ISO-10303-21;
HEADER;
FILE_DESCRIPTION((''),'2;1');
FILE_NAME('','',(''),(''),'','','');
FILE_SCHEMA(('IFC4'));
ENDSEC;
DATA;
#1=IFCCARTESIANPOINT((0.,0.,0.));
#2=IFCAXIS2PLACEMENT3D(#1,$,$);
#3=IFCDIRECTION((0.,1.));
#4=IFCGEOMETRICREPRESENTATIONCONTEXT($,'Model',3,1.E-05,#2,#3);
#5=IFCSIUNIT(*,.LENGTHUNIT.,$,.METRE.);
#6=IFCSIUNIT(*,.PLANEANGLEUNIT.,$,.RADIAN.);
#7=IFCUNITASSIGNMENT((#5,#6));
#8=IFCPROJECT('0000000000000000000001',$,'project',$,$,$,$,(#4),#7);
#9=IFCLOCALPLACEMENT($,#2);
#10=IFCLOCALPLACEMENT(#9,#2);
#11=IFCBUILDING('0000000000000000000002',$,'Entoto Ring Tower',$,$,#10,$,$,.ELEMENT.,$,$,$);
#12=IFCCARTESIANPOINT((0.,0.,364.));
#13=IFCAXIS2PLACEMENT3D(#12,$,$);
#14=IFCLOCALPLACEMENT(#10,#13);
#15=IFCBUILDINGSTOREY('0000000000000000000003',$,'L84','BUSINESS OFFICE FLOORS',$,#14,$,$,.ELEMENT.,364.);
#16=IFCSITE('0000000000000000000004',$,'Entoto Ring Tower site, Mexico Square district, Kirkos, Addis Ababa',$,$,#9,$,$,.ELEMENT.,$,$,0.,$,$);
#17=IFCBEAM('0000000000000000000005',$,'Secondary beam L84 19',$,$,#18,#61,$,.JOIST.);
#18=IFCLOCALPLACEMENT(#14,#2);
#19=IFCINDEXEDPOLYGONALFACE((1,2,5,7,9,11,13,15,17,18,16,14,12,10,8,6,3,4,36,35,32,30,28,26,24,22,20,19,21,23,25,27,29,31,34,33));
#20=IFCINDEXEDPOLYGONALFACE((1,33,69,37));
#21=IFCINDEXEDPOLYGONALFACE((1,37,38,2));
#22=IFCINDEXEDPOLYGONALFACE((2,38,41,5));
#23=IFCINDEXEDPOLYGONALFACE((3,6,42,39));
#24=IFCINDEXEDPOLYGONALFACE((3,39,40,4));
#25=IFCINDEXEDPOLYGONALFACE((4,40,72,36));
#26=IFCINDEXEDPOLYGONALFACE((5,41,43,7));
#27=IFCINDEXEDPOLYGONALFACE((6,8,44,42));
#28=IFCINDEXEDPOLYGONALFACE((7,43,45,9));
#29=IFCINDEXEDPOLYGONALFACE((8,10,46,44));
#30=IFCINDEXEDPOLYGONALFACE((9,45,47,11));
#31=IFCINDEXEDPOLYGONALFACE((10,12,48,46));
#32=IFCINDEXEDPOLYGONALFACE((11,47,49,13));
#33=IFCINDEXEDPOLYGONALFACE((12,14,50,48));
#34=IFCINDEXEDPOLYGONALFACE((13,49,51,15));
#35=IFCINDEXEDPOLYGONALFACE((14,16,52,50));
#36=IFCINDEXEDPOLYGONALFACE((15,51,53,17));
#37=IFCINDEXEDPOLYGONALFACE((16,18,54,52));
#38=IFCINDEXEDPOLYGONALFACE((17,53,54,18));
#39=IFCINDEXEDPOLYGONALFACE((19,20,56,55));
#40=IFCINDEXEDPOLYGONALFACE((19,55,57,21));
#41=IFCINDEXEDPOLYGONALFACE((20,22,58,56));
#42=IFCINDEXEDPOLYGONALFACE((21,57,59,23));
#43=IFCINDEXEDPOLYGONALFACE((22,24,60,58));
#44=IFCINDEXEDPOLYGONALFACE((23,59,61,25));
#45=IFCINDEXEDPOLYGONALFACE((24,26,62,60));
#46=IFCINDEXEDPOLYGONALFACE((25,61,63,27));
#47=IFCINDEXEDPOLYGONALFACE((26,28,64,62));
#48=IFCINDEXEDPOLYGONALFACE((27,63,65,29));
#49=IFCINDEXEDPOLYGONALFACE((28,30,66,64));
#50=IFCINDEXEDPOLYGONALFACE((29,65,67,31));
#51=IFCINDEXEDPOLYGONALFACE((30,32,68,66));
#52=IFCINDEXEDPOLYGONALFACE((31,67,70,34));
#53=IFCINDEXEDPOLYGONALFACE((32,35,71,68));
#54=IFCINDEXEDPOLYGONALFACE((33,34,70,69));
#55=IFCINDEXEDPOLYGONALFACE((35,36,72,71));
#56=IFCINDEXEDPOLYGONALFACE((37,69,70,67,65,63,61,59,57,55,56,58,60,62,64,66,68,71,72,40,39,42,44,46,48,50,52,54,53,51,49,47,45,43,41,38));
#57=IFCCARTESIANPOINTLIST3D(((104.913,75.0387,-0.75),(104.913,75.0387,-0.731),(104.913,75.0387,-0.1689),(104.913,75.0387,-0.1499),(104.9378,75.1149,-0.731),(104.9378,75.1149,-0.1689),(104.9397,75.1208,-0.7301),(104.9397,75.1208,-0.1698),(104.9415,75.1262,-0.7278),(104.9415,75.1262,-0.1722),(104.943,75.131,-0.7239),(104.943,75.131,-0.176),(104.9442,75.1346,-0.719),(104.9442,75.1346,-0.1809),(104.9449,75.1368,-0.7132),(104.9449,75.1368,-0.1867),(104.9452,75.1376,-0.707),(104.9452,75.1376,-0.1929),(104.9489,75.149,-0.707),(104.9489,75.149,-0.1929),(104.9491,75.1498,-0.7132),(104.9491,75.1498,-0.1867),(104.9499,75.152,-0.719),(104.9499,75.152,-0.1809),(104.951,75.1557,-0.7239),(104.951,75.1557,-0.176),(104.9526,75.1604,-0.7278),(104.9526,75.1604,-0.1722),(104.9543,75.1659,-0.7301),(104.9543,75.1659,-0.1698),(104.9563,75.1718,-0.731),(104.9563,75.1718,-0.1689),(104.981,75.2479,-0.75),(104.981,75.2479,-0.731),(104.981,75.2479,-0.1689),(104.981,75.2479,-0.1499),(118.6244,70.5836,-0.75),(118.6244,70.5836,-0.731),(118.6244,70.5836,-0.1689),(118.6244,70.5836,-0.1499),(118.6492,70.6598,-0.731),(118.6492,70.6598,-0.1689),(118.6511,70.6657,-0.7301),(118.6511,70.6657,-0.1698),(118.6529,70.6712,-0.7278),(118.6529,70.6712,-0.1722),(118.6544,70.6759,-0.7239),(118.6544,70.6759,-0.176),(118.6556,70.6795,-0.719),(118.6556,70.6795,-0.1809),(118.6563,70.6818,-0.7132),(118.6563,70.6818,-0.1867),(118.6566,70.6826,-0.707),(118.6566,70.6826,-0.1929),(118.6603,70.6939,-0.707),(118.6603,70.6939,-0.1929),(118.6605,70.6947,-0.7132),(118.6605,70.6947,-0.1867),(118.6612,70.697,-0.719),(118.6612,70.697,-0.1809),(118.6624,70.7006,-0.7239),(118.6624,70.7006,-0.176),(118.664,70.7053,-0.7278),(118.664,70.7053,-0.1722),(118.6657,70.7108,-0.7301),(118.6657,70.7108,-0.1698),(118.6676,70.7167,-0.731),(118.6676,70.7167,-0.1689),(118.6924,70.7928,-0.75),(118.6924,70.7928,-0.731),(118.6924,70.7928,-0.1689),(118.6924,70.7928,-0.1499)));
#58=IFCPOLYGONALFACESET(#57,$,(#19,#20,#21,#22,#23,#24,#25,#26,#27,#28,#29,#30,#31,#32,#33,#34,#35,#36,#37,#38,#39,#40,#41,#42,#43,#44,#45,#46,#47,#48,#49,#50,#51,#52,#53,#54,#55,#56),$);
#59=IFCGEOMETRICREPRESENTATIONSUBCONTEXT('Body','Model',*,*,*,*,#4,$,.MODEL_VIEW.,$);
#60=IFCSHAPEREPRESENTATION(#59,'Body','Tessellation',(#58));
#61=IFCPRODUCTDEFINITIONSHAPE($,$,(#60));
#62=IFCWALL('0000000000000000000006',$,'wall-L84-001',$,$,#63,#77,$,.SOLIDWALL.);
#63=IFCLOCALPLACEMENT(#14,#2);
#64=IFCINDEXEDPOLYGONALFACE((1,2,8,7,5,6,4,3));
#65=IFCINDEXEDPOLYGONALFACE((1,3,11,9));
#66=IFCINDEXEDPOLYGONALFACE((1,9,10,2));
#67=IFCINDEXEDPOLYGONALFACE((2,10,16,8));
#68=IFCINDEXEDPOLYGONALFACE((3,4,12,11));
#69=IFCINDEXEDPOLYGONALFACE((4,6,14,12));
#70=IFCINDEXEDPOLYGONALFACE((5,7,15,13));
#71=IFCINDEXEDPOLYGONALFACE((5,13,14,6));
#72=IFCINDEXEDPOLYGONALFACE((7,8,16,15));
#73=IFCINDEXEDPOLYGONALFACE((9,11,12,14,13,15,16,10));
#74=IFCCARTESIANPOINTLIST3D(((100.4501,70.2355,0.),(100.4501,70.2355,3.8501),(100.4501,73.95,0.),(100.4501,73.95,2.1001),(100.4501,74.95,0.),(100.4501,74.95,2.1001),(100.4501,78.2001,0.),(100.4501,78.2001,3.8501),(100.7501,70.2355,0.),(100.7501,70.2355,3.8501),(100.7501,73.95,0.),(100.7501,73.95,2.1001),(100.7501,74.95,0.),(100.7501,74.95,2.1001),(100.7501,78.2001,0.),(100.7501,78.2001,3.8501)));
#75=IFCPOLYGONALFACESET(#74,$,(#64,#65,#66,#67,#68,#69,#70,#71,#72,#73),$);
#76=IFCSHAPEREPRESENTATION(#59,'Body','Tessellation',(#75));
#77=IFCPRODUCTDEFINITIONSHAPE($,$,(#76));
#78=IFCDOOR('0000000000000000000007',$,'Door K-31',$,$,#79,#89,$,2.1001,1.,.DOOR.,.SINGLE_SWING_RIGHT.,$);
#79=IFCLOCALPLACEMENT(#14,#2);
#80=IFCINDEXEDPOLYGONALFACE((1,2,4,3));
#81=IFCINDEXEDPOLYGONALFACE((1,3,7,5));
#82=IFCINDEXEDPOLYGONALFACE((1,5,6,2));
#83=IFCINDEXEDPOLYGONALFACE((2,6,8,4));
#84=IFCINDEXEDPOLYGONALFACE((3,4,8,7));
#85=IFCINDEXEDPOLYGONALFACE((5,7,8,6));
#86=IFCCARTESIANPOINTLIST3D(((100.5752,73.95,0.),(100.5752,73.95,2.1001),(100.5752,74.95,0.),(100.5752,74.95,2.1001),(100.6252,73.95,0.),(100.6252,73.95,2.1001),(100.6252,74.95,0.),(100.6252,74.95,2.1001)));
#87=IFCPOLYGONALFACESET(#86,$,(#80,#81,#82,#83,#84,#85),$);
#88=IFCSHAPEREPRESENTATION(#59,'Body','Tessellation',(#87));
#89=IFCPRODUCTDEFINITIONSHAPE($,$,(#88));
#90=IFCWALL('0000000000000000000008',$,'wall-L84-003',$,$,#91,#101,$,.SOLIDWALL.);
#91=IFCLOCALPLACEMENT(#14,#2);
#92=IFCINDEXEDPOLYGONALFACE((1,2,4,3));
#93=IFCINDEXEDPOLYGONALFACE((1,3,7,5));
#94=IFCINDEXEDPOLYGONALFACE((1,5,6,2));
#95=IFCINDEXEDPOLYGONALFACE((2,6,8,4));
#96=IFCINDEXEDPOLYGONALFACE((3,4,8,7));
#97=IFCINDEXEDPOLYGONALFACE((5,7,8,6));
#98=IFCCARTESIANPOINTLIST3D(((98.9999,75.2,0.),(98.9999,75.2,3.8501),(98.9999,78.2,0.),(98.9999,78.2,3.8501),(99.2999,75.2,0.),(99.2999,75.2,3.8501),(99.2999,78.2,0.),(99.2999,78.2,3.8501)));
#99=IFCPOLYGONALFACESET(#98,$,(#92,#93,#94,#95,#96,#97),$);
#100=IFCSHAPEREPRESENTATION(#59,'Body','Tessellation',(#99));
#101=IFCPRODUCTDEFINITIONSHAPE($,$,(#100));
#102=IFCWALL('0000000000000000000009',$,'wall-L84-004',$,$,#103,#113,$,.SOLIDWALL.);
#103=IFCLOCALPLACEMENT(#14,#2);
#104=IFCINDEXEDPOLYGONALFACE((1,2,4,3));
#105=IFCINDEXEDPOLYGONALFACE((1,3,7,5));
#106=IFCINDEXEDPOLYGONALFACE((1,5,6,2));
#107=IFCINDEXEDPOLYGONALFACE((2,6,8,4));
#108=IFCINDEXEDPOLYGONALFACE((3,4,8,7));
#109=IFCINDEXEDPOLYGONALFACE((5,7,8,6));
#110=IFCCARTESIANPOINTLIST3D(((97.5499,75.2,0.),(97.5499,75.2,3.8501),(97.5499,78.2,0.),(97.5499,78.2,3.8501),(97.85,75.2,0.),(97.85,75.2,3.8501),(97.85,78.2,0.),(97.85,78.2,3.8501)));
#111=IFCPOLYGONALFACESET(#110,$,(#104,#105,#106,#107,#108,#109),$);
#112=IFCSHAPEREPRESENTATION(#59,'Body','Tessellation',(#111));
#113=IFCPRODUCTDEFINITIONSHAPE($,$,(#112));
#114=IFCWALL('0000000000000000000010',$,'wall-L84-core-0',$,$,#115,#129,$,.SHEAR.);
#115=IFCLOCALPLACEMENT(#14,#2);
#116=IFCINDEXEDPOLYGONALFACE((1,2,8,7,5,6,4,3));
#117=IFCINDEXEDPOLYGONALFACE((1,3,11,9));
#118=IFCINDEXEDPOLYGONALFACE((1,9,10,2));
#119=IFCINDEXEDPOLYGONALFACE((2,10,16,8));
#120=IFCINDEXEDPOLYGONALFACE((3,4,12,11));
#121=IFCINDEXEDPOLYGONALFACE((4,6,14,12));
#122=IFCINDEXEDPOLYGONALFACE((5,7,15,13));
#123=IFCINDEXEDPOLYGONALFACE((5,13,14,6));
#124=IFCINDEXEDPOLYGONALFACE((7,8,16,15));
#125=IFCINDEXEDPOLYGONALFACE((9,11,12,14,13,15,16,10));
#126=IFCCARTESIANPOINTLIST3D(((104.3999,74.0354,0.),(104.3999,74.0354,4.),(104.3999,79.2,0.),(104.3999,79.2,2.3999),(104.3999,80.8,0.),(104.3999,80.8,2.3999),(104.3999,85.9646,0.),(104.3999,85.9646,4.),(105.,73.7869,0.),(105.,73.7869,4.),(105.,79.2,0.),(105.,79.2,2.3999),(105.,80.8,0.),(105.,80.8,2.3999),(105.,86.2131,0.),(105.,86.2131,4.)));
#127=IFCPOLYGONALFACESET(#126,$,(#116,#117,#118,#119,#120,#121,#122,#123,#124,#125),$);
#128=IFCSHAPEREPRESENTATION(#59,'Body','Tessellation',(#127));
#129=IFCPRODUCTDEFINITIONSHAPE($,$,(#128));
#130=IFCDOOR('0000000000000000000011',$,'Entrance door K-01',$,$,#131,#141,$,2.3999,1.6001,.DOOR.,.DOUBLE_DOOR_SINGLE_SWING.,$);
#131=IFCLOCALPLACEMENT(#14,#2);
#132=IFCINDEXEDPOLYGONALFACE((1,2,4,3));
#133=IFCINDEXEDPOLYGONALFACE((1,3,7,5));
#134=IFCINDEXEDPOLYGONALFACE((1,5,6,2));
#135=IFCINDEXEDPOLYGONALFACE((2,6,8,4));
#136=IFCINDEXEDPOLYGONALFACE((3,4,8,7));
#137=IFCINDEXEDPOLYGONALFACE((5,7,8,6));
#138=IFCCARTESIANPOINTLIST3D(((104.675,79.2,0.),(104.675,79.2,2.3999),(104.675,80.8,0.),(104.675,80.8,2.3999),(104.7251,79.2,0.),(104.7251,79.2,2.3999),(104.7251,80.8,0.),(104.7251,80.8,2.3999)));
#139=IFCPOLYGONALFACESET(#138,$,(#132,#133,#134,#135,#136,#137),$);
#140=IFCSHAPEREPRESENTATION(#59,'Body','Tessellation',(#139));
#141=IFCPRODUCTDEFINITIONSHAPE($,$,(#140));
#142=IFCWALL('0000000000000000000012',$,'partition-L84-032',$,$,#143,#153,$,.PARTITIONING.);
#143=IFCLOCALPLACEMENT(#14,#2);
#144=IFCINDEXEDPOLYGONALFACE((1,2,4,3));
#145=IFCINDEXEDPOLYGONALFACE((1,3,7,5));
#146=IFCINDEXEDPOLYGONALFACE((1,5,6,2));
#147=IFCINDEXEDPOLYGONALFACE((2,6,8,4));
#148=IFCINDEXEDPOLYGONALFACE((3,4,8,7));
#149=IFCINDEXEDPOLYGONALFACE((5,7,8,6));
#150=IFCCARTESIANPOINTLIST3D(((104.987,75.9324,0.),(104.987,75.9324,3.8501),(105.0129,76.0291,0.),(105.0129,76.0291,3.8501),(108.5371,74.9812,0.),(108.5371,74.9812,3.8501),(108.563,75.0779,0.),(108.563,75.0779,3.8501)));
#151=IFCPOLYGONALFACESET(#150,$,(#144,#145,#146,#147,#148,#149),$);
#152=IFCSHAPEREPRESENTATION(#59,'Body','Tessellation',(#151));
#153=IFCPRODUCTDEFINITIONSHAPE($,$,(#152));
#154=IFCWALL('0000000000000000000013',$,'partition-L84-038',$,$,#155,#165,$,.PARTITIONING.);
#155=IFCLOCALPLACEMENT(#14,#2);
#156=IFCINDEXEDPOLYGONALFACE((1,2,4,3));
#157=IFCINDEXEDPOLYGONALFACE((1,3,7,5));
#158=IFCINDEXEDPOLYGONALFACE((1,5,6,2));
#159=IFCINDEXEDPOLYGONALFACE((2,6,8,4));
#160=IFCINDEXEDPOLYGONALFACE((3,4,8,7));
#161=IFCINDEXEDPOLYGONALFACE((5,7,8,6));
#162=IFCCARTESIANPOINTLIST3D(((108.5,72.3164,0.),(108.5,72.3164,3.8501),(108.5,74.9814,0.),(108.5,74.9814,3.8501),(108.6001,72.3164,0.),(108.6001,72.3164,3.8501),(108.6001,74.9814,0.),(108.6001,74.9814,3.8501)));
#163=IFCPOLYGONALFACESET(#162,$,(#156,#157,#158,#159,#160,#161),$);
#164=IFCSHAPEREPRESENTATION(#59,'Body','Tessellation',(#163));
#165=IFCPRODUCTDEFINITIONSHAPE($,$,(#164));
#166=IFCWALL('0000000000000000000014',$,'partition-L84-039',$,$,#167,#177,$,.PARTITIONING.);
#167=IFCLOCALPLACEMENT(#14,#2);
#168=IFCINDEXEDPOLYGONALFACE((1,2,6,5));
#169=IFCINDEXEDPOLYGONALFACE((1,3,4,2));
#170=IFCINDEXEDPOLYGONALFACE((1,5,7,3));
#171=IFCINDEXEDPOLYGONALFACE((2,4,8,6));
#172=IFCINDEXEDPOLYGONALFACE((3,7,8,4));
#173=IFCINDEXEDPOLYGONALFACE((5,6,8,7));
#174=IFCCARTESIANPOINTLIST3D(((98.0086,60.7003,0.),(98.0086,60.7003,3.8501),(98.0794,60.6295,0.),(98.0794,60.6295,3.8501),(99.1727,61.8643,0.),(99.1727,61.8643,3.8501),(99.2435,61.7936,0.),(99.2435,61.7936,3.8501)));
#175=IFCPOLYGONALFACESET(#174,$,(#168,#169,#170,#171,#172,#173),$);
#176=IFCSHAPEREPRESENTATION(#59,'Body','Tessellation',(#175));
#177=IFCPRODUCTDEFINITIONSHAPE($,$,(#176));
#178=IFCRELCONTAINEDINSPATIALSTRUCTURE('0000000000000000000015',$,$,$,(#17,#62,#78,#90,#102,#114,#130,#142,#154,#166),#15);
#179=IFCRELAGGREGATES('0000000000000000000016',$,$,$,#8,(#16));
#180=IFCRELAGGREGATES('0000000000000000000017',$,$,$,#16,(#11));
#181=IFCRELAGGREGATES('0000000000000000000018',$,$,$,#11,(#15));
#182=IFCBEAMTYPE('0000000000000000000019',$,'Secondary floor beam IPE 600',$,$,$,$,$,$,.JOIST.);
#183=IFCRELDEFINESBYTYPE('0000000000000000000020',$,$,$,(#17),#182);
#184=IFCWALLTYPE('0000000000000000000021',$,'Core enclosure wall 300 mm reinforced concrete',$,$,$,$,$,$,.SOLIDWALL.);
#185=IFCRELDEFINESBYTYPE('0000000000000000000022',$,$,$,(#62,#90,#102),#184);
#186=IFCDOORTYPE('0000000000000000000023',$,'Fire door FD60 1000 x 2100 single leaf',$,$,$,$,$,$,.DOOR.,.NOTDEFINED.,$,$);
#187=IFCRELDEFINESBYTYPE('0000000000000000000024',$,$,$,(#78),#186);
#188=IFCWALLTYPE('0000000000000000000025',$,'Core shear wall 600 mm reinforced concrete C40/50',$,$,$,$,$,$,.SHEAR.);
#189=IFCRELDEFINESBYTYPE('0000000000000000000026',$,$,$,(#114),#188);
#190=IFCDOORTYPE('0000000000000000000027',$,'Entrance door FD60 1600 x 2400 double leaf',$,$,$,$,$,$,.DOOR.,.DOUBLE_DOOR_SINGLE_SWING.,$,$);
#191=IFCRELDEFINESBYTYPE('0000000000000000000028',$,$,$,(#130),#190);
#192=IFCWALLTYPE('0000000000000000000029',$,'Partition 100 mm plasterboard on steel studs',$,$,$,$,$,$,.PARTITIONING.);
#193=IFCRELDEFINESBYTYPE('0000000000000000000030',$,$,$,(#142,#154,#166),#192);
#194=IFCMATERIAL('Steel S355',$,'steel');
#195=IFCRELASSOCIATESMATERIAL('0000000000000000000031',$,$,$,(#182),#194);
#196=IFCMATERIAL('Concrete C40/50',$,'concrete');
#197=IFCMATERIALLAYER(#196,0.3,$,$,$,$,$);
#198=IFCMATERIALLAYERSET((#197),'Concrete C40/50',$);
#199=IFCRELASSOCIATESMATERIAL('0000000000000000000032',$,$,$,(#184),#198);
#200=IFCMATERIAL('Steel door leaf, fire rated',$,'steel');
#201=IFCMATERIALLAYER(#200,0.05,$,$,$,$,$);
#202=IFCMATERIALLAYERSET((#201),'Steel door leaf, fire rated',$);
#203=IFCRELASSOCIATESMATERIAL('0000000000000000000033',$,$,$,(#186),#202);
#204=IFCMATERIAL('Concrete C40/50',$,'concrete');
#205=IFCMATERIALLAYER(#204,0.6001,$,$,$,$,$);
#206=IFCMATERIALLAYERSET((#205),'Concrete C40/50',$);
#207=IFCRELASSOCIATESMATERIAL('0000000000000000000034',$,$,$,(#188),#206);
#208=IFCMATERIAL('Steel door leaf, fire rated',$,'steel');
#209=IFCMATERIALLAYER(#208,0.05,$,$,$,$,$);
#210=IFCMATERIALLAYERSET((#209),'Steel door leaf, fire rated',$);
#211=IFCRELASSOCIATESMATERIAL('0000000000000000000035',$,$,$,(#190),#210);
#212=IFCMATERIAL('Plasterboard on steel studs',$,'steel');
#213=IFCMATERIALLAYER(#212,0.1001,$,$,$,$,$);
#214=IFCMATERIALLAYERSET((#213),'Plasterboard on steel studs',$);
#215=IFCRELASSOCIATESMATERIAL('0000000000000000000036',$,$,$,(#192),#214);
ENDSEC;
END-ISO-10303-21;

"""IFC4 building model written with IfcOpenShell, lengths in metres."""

from ifc_helpers import new_model, si_unit, direction, frame, frame_2d, origin, origin_2d, place, context, subcontext, project, spatial, polyline, rectangle, i_section, outline, extrude, material, layer, layer_set, material_profile, profile_set, type_object, element, fill, save


model = new_model("IFC4")

# Units and contexts
model_context = context("Model", 3, precision=1e-05, world=origin(), true_north=direction((0.0, 1.0)))
body_context = subcontext(model_context, "Body", "Model", "MODEL_VIEW")
ifc_project = project(units=[si_unit("LENGTHUNIT", "METRE"), si_unit("PLANEANGLEUNIT", "RADIAN")], contexts=[model_context])

# Site, building, storey
site_placement = place(None, origin())
site = spatial("IfcSite", under=ifc_project, at=site_placement, Name="Entoto Ring Tower site, Mexico Square district, Kirkos, Addis Ababa", CompositionType="ELEMENT", RefElevation=0.0)
building_placement = place(site_placement, origin())
building = spatial("IfcBuilding", under=site, at=building_placement, Name="Entoto Ring Tower", CompositionType="ELEMENT")
storey_placement = place(building_placement, frame((0.0, 0.0, 364.0)))
storey = spatial("IfcBuildingStorey", under=building, at=storey_placement, Name="L84", Description="BUSINESS OFFICE FLOORS", CompositionType="ELEMENT", Elevation=364.0)

# Beam
ifc_material_1 = material(Name="Steel S355", Category="steel")
ifc_material_profile_1 = material_profile(ifc_material_1, i_section(OverallWidth=0.22, OverallDepth=0.6001, WebThickness=0.012, FlangeThickness=0.019, FilletRadius=0.0239, at=origin_2d()), Name="IPE 600")
ifc_profile_set_1 = profile_set([ifc_material_profile_1], Name="Steel S355")
beam_type_1 = type_object("IfcBeamType", Name="Secondary floor beam IPE 600", PredefinedType="JOIST", material=ifc_profile_set_1)
beam_1_placement = place(storey_placement, frame((104.947, 75.1433, -0.45), z_axis=(0.951057, -0.309015, 0.0), x_axis=(0.309015, 0.951057, 0.0)))
element("IfcBeam", 1, at=beam_1_placement, inside=storey, type_object=beam_type_1, Name="Secondary beam L84 19", PredefinedType="JOIST", context=body_context, shape_type="SweptSolid", body=[
    extrude(i_section(OverallWidth=0.22, OverallDepth=0.6001, WebThickness=0.012, FlangeThickness=0.019, FilletRadius=0.0239, at=origin_2d()), origin(), (0.0, 0.0, 1.0), 14.417),
])

# Wall, opening, door
ifc_material_2 = material(Name="Concrete C40/50", Category="concrete")
ifc_layer_1 = layer(ifc_material_2, 0.3)
ifc_layer_set_1 = layer_set([ifc_layer_1], Name="Concrete C40/50")
wall_type_1 = type_object("IfcWallType", Name="Core enclosure wall 300 mm reinforced concrete", PredefinedType="SOLIDWALL", material=ifc_layer_set_1)
wall_1_placement = place(storey_placement, frame((100.6001, 70.2354, 0.0), z_axis=(0.0, 0.0, 1.0), x_axis=(0.0, 1.0, 0.0)))
wall_1 = element("IfcWall", 2, at=wall_1_placement, inside=storey, type_object=wall_type_1, Name="wall-L84-001", PredefinedType="SOLIDWALL", context=body_context, shape_type="SweptSolid", body=[
    extrude(rectangle(XDim=7.9646, YDim=0.3, at=frame_2d((3.9824, 0.0))), origin(), (0.0, 0.0, 1.0), 3.8501),
])
opening_1_placement = place(wall_1_placement, frame((3.7146, 0.0, 0.0)))
opening_1 = element("IfcOpeningElement", 3, at=opening_1_placement, cuts=wall_1, PredefinedType="OPENING", context=body_context, shape_type="SweptSolid", body=[
    extrude(rectangle(XDim=1.0, YDim=2.1001, at=frame_2d((0.5, 1.05))), frame((0.0, 0.1602, 0.0), z_axis=(0.0, -1.0, 0.0), x_axis=(1.0, 0.0, 0.0)), (0.0, 0.0, 1.0), 0.3201),
])
ifc_material_3 = material(Name="Steel door leaf, fire rated", Category="steel")
ifc_layer_2 = layer(ifc_material_3, 0.05)
ifc_layer_set_2 = layer_set([ifc_layer_2], Name="Steel door leaf, fire rated")
door_type_1 = type_object("IfcDoorType", Name="Fire door FD60 1000 x 2100 single leaf", OperationType="NOTDEFINED", PredefinedType="DOOR", material=ifc_layer_set_2)
door_1_placement = place(opening_1_placement, origin())
door_1 = element("IfcDoor", 4, at=door_1_placement, inside=storey, type_object=door_type_1, Name="Door K-31", OperationType="SINGLE_SWING_RIGHT", OverallHeight=2.1001, OverallWidth=1.0, PredefinedType="DOOR", context=body_context, shape_type="SweptSolid", body=[
    extrude(rectangle(XDim=1.0, YDim=2.1001, at=frame_2d((0.5, 1.05))), frame((0.0, 0.0249, 0.0), z_axis=(0.0, -1.0, 0.0), x_axis=(1.0, 0.0, 0.0)), (0.0, 0.0, 1.0), 0.05),
])
fill(opening_1, door_1)

# Walls
for number, where, z_axis, x_axis, name in (
    (5, (99.1499, 75.2, 0.0), (0.0, 0.0, 1.0), (0.0, 1.0, 0.0), "wall-L84-003"),
    (6, (97.7, 75.2, 0.0), (0.0, 0.0, 1.0), (0.0, 1.0, 0.0), "wall-L84-004"),
):
    element("IfcWall", number, at=place(storey_placement, frame(where, z_axis=z_axis, x_axis=x_axis)), inside=storey, type_object=wall_type_1, Name=name, PredefinedType="SOLIDWALL", context=body_context, shape_type="SweptSolid", body=[
        extrude(rectangle(XDim=3.0, YDim=0.3, at=frame_2d((1.5, 0.0))), origin(), (0.0, 0.0, 1.0), 3.8501),
    ])

# Wall, opening, door
ifc_material_4 = material(Name="Concrete C40/50", Category="concrete")
ifc_layer_3 = layer(ifc_material_4, 0.6001)
ifc_layer_set_3 = layer_set([ifc_layer_3], Name="Concrete C40/50")
wall_type_2 = type_object("IfcWallType", Name="Core shear wall 600 mm reinforced concrete C40/50", PredefinedType="SHEAR", material=ifc_layer_set_3)
wall_2_placement = place(storey_placement, frame((104.7, 73.9111, 0.0), z_axis=(0.0, 0.0, 1.0), x_axis=(0.0, 1.0, 0.0)))
wall_2 = element("IfcWall", 7, at=wall_2_placement, inside=storey, type_object=wall_type_2, Name="wall-L84-core-0", PredefinedType="SHEAR", context=body_context, shape_type="SweptSolid", body=[
    extrude(outline(polyline([(-0.1243, -0.3), (12.302, -0.3), (12.0535, 0.3), (0.1243, 0.3), (-0.1243, -0.3)])), origin(), (0.0, 0.0, 1.0), 4.0),
])
opening_2_placement = place(wall_2_placement, frame((5.2888, 0.0, 0.0)))
opening_2 = element("IfcOpeningElement", 8, at=opening_2_placement, cuts=wall_2, PredefinedType="OPENING", context=body_context, shape_type="SweptSolid", body=[
    extrude(rectangle(XDim=1.6001, YDim=2.3999, at=frame_2d((0.8, 1.2))), frame((0.0, 0.3101, 0.0), z_axis=(0.0, -1.0, 0.0), x_axis=(1.0, 0.0, 0.0)), (0.0, 0.0, 1.0), 0.6201),
])
ifc_material_5 = material(Name="Steel door leaf, fire rated", Category="steel")
ifc_layer_4 = layer(ifc_material_5, 0.05)
ifc_layer_set_4 = layer_set([ifc_layer_4], Name="Steel door leaf, fire rated")
door_type_2 = type_object("IfcDoorType", Name="Entrance door FD60 1600 x 2400 double leaf", OperationType="DOUBLE_DOOR_SINGLE_SWING", PredefinedType="DOOR", material=ifc_layer_set_4)
door_2_placement = place(opening_2_placement, origin())
door_2 = element("IfcDoor", 9, at=door_2_placement, inside=storey, type_object=door_type_2, Name="Entrance door K-01", OperationType="DOUBLE_DOOR_SINGLE_SWING", OverallHeight=2.3999, OverallWidth=1.6001, PredefinedType="DOOR", context=body_context, shape_type="SweptSolid", body=[
    extrude(rectangle(XDim=1.6001, YDim=2.3999, at=frame_2d((0.8, 1.2))), frame((0.0, 0.0249, 0.0), z_axis=(0.0, -1.0, 0.0), x_axis=(1.0, 0.0, 0.0)), (0.0, 0.0, 1.0), 0.05),
])
fill(opening_2, door_2)

# Walls
ifc_material_6 = material(Name="Plasterboard on steel studs", Category="steel")
ifc_layer_5 = layer(ifc_material_6, 0.1001)
ifc_layer_set_5 = layer_set([ifc_layer_5], Name="Plasterboard on steel studs")
wall_type_3 = type_object("IfcWallType", Name="Partition 100 mm plasterboard on steel studs", PredefinedType="PARTITIONING", material=ifc_layer_set_5)
wall_3_placement = place(storey_placement, frame((108.55, 75.0295, 0.0), z_axis=(0.0, 0.0, 1.0), x_axis=(-0.96593, 0.258804, 0.0)))
element("IfcWall", 10, at=wall_3_placement, inside=storey, type_object=wall_type_3, Name="partition-L84-032", PredefinedType="PARTITIONING", context=body_context, shape_type="SweptSolid", body=[
    extrude(rectangle(XDim=3.6753, YDim=0.1001, at=frame_2d((1.8376, 0.0))), origin(), (0.0, 0.0, 1.0), 3.8501),
])
wall_4_placement = place(storey_placement, frame((108.55, 72.3164, 0.0), z_axis=(0.0, 0.0, 1.0), x_axis=(0.0, 1.0, 0.0)))
element("IfcWall", 11, at=wall_4_placement, inside=storey, type_object=wall_type_3, Name="partition-L84-038", PredefinedType="PARTITIONING", context=body_context, shape_type="SweptSolid", body=[
    extrude(rectangle(XDim=2.665, YDim=0.1001, at=frame_2d((1.3325, 0.0))), origin(), (0.0, 0.0, 1.0), 3.8501),
])
wall_5_placement = place(storey_placement, frame((98.0439, 60.6648, 0.0), z_axis=(0.0, 0.0, 1.0), x_axis=(0.707107, 0.707107, 0.0)))
element("IfcWall", 12, at=wall_5_placement, inside=storey, type_object=wall_type_3, Name="partition-L84-039", PredefinedType="PARTITIONING", context=body_context, shape_type="SweptSolid", body=[
    extrude(rectangle(XDim=1.6462, YDim=0.1001, at=frame_2d((0.8232, 0.0))), origin(), (0.0, 0.0, 1.0), 3.8501),
])

save(model, "model.ifc")
